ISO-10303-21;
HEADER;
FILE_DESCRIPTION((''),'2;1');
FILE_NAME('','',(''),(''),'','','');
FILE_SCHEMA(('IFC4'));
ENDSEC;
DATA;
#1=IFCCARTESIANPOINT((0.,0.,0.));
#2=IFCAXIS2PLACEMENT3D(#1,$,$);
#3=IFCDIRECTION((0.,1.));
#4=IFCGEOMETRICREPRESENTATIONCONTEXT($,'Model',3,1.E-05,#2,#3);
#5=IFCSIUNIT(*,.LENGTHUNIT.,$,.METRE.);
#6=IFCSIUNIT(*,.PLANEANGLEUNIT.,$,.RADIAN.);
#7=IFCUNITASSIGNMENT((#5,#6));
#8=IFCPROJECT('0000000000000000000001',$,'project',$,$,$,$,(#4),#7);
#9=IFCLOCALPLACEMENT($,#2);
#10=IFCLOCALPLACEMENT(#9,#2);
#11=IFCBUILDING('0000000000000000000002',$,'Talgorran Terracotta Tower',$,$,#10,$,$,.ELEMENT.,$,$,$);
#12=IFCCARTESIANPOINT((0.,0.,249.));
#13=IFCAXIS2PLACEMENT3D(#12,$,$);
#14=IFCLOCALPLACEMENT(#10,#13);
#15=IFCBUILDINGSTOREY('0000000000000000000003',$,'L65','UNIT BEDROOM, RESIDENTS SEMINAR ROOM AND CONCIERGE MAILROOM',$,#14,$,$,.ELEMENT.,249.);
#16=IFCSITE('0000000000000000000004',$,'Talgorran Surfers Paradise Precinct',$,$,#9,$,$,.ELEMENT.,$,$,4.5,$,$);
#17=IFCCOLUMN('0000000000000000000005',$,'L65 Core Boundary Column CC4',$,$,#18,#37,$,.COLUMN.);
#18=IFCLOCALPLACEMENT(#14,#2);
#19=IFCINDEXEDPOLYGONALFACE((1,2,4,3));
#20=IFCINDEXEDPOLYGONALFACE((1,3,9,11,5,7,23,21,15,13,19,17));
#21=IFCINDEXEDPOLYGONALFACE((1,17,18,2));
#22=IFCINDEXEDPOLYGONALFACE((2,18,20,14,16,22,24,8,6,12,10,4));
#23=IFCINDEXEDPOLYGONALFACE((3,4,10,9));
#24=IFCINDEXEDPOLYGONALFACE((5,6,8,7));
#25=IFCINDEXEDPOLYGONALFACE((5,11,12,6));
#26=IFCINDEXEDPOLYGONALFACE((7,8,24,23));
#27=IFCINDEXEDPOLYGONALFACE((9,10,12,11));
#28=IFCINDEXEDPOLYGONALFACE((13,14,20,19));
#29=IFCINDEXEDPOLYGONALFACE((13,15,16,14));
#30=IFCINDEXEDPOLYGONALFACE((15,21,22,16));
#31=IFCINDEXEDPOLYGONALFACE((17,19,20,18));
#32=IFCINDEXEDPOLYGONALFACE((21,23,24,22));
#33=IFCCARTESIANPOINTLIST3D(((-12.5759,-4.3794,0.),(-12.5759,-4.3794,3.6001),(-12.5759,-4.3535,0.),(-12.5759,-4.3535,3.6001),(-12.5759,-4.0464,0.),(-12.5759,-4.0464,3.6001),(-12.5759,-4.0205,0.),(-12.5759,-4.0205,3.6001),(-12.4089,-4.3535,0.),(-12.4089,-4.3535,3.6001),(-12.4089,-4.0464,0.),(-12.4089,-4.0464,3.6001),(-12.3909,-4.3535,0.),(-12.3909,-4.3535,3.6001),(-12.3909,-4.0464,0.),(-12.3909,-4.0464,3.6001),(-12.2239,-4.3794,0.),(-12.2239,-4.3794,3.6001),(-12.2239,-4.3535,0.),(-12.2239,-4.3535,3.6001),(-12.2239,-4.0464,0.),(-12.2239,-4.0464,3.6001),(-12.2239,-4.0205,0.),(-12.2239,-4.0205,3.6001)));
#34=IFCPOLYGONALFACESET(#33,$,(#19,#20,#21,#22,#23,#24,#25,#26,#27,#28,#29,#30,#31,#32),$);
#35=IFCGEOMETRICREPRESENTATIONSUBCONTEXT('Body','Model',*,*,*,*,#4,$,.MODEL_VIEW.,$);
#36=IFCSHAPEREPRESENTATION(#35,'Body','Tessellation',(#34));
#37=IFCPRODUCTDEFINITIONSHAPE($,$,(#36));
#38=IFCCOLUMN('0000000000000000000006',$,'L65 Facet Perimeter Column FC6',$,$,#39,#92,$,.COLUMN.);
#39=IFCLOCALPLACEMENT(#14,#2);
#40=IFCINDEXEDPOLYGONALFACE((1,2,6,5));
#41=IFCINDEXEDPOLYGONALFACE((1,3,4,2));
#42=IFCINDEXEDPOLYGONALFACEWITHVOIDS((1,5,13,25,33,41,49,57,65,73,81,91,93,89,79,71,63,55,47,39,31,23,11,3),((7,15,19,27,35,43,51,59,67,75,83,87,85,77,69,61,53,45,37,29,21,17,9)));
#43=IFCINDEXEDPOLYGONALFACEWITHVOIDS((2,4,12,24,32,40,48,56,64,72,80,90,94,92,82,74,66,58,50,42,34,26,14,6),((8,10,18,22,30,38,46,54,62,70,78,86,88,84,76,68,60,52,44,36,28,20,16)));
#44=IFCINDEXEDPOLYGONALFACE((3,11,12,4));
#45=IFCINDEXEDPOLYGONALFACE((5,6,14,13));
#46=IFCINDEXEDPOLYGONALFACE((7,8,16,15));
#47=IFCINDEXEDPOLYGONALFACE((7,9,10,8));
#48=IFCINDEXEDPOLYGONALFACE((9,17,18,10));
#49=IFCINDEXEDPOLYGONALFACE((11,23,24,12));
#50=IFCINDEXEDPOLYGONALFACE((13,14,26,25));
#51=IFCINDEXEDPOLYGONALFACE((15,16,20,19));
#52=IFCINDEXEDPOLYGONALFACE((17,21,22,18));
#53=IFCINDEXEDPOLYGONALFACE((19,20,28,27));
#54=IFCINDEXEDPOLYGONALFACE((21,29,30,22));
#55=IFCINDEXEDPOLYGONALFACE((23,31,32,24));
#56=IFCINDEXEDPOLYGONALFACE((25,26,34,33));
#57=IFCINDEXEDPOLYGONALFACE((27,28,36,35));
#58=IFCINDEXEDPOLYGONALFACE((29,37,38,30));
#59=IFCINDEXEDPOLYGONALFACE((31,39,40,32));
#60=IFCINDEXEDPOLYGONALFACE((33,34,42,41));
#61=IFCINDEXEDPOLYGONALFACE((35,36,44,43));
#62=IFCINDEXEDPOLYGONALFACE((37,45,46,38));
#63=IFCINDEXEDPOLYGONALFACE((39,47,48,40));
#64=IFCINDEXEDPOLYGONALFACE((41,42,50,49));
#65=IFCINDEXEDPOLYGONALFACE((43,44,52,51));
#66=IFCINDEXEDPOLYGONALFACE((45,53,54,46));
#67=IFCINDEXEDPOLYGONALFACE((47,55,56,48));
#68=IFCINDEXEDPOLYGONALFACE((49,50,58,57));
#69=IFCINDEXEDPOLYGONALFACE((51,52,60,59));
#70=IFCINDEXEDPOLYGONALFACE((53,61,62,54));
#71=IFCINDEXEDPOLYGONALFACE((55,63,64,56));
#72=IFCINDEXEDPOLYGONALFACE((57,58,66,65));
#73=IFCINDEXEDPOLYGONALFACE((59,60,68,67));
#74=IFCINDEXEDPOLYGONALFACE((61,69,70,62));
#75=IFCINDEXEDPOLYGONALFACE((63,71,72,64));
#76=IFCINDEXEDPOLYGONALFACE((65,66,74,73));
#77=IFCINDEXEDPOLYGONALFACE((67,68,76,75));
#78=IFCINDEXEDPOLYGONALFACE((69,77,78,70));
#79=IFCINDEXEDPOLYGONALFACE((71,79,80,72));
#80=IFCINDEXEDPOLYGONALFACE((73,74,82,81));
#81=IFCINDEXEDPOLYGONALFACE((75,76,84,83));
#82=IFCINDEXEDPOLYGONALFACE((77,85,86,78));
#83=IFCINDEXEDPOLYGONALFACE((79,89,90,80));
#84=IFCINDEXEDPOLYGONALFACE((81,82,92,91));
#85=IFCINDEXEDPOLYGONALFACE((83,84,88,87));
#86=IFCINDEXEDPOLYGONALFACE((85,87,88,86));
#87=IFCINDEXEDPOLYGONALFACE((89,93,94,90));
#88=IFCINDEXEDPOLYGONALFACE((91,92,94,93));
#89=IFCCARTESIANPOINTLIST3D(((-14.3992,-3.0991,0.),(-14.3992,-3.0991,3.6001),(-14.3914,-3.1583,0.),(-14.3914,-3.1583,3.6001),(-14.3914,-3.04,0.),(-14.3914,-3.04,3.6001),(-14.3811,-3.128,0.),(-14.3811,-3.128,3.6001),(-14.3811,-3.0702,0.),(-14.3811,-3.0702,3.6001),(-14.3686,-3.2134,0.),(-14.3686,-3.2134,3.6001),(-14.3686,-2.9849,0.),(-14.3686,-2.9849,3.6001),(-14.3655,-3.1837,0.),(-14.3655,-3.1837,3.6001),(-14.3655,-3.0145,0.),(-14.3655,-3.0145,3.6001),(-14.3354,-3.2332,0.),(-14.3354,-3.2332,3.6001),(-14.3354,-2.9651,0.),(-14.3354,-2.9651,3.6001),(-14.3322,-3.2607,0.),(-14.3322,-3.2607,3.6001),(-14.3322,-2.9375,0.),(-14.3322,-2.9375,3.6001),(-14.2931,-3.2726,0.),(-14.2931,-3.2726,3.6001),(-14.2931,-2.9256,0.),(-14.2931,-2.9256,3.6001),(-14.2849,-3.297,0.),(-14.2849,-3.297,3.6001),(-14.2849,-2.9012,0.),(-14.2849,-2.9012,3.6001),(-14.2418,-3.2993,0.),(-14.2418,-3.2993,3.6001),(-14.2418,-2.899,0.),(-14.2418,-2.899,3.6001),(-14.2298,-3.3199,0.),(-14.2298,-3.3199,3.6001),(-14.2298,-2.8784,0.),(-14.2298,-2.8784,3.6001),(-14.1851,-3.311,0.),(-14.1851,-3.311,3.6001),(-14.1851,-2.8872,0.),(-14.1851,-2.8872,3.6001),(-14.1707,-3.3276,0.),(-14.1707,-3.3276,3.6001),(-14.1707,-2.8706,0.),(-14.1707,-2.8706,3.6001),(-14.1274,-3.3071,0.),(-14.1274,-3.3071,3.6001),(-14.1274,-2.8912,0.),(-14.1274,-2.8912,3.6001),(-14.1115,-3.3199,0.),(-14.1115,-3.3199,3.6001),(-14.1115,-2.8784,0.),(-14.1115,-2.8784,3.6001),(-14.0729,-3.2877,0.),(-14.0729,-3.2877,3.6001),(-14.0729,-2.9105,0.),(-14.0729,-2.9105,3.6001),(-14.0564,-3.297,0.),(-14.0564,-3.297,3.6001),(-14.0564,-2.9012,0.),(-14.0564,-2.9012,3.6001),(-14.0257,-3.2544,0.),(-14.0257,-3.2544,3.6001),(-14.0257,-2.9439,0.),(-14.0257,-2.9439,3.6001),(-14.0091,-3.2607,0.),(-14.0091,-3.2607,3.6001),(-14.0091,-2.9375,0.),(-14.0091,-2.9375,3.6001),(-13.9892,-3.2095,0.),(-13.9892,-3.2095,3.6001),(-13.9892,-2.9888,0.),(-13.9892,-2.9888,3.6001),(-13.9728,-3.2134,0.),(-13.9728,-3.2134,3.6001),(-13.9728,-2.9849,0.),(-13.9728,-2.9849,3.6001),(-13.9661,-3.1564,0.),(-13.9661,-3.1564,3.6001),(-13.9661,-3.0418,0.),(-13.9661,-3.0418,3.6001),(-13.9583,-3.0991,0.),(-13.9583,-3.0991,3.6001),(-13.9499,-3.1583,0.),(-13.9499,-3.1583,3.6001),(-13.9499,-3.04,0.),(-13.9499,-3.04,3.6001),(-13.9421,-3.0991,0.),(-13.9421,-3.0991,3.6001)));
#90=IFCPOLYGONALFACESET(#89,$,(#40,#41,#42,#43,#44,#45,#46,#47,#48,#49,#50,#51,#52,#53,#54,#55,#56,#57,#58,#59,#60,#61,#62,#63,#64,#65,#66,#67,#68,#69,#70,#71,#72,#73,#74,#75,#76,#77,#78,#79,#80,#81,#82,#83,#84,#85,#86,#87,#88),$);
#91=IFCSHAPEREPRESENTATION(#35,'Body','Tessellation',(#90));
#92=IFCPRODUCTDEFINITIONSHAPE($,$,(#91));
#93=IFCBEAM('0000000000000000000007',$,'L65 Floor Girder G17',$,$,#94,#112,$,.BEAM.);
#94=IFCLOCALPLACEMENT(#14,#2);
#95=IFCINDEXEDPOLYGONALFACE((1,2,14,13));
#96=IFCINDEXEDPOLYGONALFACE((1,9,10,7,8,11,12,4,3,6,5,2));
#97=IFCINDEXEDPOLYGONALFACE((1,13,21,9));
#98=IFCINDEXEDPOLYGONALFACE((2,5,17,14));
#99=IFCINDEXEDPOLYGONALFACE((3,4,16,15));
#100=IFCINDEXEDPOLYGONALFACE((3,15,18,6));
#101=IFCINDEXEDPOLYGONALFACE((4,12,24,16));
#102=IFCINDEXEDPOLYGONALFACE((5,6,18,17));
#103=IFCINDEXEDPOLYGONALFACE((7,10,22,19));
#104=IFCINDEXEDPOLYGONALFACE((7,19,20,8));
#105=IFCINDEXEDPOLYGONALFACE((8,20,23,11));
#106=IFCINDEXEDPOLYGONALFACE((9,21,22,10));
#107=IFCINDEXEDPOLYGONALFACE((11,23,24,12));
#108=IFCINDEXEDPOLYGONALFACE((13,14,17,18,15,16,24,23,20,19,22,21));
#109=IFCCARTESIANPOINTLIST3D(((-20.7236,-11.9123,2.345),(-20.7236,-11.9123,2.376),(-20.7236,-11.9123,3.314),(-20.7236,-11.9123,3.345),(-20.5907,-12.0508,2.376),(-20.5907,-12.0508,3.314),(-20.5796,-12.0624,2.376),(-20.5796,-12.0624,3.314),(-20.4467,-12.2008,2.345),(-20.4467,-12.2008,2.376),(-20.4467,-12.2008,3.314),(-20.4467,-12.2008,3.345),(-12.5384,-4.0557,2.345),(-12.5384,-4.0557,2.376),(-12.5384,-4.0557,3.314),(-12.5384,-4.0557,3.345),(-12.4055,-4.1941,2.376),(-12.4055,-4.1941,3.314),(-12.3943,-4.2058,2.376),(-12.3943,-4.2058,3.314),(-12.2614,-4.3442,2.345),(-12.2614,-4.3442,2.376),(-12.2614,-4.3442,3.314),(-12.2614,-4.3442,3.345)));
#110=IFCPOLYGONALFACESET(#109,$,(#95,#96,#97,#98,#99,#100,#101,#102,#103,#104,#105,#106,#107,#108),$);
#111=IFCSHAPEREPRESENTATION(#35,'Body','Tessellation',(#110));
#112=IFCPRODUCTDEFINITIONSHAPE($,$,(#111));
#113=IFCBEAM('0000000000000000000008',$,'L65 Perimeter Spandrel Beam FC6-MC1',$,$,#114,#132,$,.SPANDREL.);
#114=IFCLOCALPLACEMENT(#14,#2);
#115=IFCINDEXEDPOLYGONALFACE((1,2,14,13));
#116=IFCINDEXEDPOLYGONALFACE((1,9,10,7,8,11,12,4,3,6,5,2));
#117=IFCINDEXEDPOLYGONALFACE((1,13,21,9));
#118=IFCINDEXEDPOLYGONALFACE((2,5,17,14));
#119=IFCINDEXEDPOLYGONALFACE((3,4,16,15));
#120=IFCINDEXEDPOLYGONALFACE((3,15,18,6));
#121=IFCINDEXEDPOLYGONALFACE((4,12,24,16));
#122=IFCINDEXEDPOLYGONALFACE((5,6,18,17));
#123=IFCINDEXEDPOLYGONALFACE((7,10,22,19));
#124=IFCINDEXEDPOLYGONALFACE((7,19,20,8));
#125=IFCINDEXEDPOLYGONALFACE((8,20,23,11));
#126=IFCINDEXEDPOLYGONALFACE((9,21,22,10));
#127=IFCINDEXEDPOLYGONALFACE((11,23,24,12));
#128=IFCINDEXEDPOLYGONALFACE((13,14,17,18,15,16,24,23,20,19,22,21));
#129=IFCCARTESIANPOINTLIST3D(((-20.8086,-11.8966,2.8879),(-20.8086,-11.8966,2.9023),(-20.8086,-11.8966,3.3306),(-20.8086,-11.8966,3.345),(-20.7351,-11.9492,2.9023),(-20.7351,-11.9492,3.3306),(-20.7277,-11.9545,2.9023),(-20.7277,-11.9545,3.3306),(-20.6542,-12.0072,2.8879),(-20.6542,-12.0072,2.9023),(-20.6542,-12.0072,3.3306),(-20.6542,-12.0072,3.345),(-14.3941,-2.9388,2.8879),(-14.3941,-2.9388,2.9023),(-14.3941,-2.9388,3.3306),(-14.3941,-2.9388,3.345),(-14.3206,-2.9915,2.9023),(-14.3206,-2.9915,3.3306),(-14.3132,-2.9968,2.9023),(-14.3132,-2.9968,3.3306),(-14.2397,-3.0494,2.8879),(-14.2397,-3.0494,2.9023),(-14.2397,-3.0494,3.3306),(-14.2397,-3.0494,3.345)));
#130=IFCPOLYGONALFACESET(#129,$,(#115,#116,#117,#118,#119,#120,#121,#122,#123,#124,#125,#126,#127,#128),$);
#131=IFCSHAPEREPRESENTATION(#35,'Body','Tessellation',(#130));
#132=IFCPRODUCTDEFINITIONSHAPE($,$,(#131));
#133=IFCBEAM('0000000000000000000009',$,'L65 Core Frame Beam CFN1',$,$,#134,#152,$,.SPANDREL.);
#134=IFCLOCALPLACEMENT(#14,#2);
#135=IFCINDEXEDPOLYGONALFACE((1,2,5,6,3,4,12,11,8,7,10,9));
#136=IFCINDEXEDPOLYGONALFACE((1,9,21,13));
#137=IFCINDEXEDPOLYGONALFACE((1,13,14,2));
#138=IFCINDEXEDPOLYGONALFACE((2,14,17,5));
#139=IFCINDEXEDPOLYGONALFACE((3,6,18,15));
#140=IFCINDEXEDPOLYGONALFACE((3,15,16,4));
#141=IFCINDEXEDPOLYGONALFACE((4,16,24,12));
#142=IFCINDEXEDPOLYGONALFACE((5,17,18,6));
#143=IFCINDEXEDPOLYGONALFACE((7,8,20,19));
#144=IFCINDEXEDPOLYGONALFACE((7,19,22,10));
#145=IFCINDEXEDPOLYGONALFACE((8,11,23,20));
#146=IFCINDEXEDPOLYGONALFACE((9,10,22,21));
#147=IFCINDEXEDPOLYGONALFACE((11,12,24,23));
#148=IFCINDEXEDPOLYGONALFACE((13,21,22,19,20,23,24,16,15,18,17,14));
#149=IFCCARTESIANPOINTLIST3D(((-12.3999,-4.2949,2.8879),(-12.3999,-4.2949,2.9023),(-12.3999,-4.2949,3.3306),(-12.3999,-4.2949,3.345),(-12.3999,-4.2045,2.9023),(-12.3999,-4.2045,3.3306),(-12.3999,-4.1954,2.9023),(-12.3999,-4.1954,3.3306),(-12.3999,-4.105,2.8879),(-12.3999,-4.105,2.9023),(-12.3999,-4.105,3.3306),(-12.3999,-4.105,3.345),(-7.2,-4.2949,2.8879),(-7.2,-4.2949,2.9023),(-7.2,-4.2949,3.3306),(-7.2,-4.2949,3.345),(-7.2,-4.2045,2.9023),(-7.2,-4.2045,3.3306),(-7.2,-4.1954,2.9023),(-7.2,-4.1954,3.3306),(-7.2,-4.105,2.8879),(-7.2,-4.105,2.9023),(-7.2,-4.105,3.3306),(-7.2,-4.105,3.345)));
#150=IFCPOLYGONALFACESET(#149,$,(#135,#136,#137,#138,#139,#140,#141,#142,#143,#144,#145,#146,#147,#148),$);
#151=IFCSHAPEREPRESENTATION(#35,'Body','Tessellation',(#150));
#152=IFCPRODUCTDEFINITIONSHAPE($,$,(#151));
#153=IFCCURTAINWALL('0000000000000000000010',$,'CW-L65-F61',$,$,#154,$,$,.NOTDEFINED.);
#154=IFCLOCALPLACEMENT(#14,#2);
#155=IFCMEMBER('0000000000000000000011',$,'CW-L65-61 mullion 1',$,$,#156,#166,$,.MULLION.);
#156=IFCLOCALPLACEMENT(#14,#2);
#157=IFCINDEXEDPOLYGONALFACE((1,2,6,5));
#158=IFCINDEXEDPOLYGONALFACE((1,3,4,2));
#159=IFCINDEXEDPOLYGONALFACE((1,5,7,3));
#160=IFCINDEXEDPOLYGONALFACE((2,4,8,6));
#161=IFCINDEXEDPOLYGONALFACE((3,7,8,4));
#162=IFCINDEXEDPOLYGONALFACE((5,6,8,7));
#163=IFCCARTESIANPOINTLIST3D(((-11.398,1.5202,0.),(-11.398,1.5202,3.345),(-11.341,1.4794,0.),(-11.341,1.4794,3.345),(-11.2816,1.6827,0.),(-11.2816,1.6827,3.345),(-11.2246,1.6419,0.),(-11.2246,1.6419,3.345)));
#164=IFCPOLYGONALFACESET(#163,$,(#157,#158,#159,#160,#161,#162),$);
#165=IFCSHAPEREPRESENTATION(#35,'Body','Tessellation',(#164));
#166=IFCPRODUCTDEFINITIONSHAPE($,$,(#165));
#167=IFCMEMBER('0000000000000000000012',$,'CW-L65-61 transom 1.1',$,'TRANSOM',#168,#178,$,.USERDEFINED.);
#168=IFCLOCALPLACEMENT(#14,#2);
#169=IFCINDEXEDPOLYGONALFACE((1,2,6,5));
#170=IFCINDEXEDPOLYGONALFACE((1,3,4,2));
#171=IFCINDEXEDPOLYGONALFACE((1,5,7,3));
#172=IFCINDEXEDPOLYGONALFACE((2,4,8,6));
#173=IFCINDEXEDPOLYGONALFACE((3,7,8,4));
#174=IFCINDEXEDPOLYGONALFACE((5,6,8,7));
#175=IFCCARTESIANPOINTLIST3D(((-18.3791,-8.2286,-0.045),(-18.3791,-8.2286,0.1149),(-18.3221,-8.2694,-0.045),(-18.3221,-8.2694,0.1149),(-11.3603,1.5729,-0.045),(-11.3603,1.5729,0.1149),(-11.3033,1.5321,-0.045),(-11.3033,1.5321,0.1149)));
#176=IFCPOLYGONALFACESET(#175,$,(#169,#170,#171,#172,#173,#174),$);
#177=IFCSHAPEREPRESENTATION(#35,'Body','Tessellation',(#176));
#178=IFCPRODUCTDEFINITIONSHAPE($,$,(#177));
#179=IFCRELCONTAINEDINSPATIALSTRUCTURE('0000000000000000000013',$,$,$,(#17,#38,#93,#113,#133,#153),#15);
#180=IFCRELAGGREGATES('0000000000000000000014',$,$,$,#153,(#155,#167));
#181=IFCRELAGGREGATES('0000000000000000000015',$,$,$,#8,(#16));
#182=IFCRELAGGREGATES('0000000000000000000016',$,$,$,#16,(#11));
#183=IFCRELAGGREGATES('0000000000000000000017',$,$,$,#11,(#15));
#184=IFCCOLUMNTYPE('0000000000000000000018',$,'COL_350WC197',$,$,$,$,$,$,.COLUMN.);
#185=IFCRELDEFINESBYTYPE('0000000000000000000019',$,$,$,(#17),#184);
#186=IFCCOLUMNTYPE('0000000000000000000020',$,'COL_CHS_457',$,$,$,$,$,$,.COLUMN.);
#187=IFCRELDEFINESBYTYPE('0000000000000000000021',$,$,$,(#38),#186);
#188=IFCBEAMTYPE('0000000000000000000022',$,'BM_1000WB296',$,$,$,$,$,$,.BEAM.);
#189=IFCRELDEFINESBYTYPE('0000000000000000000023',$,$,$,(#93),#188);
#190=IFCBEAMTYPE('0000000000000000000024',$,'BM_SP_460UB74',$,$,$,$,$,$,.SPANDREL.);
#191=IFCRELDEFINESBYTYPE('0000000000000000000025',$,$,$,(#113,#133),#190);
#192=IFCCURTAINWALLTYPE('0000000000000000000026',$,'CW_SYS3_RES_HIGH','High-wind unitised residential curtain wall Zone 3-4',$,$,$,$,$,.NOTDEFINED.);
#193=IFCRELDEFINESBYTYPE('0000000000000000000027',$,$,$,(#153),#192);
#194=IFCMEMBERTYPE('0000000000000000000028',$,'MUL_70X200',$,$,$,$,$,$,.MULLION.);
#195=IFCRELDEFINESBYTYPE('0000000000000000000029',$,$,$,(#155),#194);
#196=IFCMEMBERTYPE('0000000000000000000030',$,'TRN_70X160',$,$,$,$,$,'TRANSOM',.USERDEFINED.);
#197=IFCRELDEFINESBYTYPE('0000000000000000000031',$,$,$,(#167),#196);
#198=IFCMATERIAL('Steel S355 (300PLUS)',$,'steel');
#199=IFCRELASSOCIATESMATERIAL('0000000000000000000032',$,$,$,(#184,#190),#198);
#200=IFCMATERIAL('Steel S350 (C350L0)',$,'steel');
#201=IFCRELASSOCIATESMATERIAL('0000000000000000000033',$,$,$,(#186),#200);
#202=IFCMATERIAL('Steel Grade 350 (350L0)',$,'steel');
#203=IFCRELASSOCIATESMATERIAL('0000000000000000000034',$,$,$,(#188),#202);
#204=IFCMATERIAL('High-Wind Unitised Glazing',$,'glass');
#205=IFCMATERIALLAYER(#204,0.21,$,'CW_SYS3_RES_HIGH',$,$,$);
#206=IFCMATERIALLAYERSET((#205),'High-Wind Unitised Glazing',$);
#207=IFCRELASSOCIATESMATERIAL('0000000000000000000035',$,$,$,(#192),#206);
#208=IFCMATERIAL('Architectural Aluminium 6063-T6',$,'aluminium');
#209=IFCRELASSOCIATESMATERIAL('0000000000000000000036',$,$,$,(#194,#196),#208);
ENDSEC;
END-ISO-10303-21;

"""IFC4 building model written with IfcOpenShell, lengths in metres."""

from ifc_helpers import new_model, si_unit, direction, frame, origin, origin_2d, place, context, subcontext, project, spatial, rectangle, hollow_circle, i_section, extrude, material, layer, layer_set, material_profile, profile_set, type_object, element, aggregate, save


model = new_model("IFC4")

# Units and contexts
model_context = context("Model", 3, precision=1e-05, world=origin(), true_north=direction((0.0, 1.0)))
body_context = subcontext(model_context, "Body", "Model", "MODEL_VIEW")
ifc_project = project(units=[si_unit("LENGTHUNIT", "METRE"), si_unit("PLANEANGLEUNIT", "RADIAN")], contexts=[model_context])

# Site, building, storey
site_placement = place(None, origin())
site = spatial("IfcSite", under=ifc_project, at=site_placement, Name="Talgorran Surfers Paradise Precinct", CompositionType="ELEMENT", RefElevation=4.5)
building_placement = place(site_placement, origin())
building = spatial("IfcBuilding", under=site, at=building_placement, Name="Talgorran Terracotta Tower", CompositionType="ELEMENT")
storey_placement = place(building_placement, frame((0.0, 0.0, 249.0)))
storey = spatial("IfcBuildingStorey", under=building, at=storey_placement, Name="L65", Description="UNIT BEDROOM, RESIDENTS SEMINAR ROOM AND CONCIERGE MAILROOM", CompositionType="ELEMENT", Elevation=249.0)

# Columns
ifc_material_1 = material(Name="Steel S355 (300PLUS)", Category="steel")
ifc_material_profile_1 = material_profile(ifc_material_1, i_section(OverallWidth=0.3521, OverallDepth=0.3589, WebThickness=0.0181, FlangeThickness=0.0259, at=origin_2d()), Name="350WC197")
ifc_profile_set_1 = profile_set([ifc_material_profile_1], Name="Steel S355 (300PLUS)")
column_type_1 = type_object("IfcColumnType", Name="COL_350WC197", PredefinedType="COLUMN", material=ifc_profile_set_1)
column_1_placement = place(storey_placement, frame((-12.3999, -4.2, 0.0), z_axis=(0.0, 0.0, 1.0), x_axis=(1.0, 0.0, 0.0)))
element("IfcColumn", 1, at=column_1_placement, inside=storey, type_object=column_type_1, Name="L65 Core Boundary Column CC4", PredefinedType="COLUMN", context=body_context, shape_type="SweptSolid", body=[
    extrude(i_section(OverallWidth=0.3521, OverallDepth=0.3589, WebThickness=0.0181, FlangeThickness=0.0259, at=origin_2d()), origin(), (0.0, 0.0, 1.0), 3.6001),
])
ifc_material_2 = material(Name="Steel S350 (C350L0)", Category="steel")
ifc_material_profile_2 = material_profile(ifc_material_2, hollow_circle(Radius=0.2285, WallThickness=0.0161, at=origin_2d()), Name="CHS457X16")
ifc_profile_set_2 = profile_set([ifc_material_profile_2], Name="Steel S350 (C350L0)")
column_type_2 = type_object("IfcColumnType", Name="COL_CHS_457", PredefinedType="COLUMN", material=ifc_profile_set_2)
column_2_placement = place(storey_placement, frame((-14.1707, -3.0991, 0.0), z_axis=(0.0, 0.0, 1.0), x_axis=(1.0, 0.0, 0.0)))
element("IfcColumn", 2, at=column_2_placement, inside=storey, type_object=column_type_2, Name="L65 Facet Perimeter Column FC6", PredefinedType="COLUMN", context=body_context, shape_type="SweptSolid", body=[
    extrude(hollow_circle(Radius=0.2285, WallThickness=0.0161, at=origin_2d()), origin(), (0.0, 0.0, 1.0), 3.6001),
])

# Beams
ifc_material_3 = material(Name="Steel Grade 350 (350L0)", Category="steel")
ifc_material_profile_3 = material_profile(ifc_material_3, i_section(OverallWidth=0.3999, OverallDepth=1.0, WebThickness=0.0161, FlangeThickness=0.031, at=origin_2d()), Name="1000WB296")
ifc_profile_set_3 = profile_set([ifc_material_profile_3], Name="Steel Grade 350 (350L0)")
beam_type_1 = type_object("IfcBeamType", Name="BM_1000WB296", PredefinedType="BEAM", material=ifc_profile_set_3)
beam_1_placement = place(storey_placement, frame((-12.3999, -4.2, 2.845), z_axis=(-0.72144, -0.692477, 0.0), x_axis=(0.692477, -0.72144, 0.0)))
element("IfcBeam", 3, at=beam_1_placement, inside=storey, type_object=beam_type_1, Name="L65 Floor Girder G17", PredefinedType="BEAM", context=body_context, shape_type="SweptSolid", body=[
    extrude(i_section(OverallWidth=0.3999, OverallDepth=1.0, WebThickness=0.0161, FlangeThickness=0.031, at=origin_2d()), origin(), (0.0, 0.0, 1.0), 11.3457),
])
ifc_material_profile_4 = material_profile(ifc_material_1, i_section(OverallWidth=0.1899, OverallDepth=0.457, WebThickness=0.009, FlangeThickness=0.0144, at=origin_2d()), Name="460UB74.6")
ifc_profile_set_4 = profile_set([ifc_material_profile_4], Name="Steel S355 (300PLUS)")
beam_type_2 = type_object("IfcBeamType", Name="BM_SP_460UB74", PredefinedType="SPANDREL", material=ifc_profile_set_4)
beam_2_placement = place(storey_placement, frame((-14.3169, -2.9941, 3.1165), z_axis=(-0.582208, -0.81304, 0.0), x_axis=(0.81304, -0.582208, 0.0)))
element("IfcBeam", 4, at=beam_2_placement, inside=storey, type_object=beam_type_2, Name="L65 Perimeter Spandrel Beam FC6-MC1", PredefinedType="SPANDREL", context=body_context, shape_type="SweptSolid", body=[
    extrude(i_section(OverallWidth=0.1899, OverallDepth=0.457, WebThickness=0.009, FlangeThickness=0.0144, at=origin_2d()), origin(), (0.0, 0.0, 1.0), 11.0176),
])
beam_3_placement = place(storey_placement, frame((-12.3999, -4.2, 3.1165), z_axis=(1.0, 0.0, 0.0), x_axis=(0.0, 1.0, 0.0)))
element("IfcBeam", 5, at=beam_3_placement, inside=storey, type_object=beam_type_2, Name="L65 Core Frame Beam CFN1", PredefinedType="SPANDREL", context=body_context, shape_type="SweptSolid", body=[
    extrude(i_section(OverallWidth=0.1899, OverallDepth=0.457, WebThickness=0.009, FlangeThickness=0.0144, at=origin_2d()), origin(), (0.0, 0.0, 1.0), 5.2),
])

# Curtain wall, members
ifc_material_4 = material(Name="High-Wind Unitised Glazing", Category="glass")
ifc_layer_1 = layer(ifc_material_4, 0.21, Name="CW_SYS3_RES_HIGH")
ifc_layer_set_1 = layer_set([ifc_layer_1], Name="High-Wind Unitised Glazing")
curtain_wall_type = type_object("IfcCurtainWallType", Name="CW_SYS3_RES_HIGH", Description="High-wind unitised residential curtain wall Zone 3-4", PredefinedType="NOTDEFINED", material=ifc_layer_set_1)
curtain_wall_placement = place(storey_placement, origin())
curtain_wall = element("IfcCurtainWall", 6, at=curtain_wall_placement, inside=storey, type_object=curtain_wall_type, Name="CW-L65-F61", PredefinedType="NOTDEFINED")
ifc_material_5 = material(Name="Architectural Aluminium 6063-T6", Category="aluminium")
ifc_material_profile_5 = material_profile(ifc_material_5, rectangle(XDim=0.0701, YDim=0.2, at=origin_2d()), Name="CWM70X200")
ifc_profile_set_5 = profile_set([ifc_material_profile_5], Name="Architectural Aluminium 6063-T6")
member_type_1 = type_object("IfcMemberType", Name="MUL_70X200", PredefinedType="MULLION", material=ifc_profile_set_5)
member_1_placement = place(storey_placement, frame((-11.3113, 1.5811, 0.0), z_axis=(0.0, 0.0, 1.0), x_axis=(0.81304, -0.582208, 0.0)))
member_1 = element("IfcMember", 7, at=member_1_placement, type_object=member_type_1, Name="CW-L65-61 mullion 1", PredefinedType="MULLION", context=body_context, shape_type="SweptSolid", body=[
    extrude(rectangle(XDim=0.0701, YDim=0.2, at=origin_2d()), origin(), (0.0, 0.0, 1.0), 3.345),
])
ifc_material_profile_6 = material_profile(ifc_material_5, rectangle(XDim=0.0701, YDim=0.1599, at=origin_2d()), Name="CWT70X160")
ifc_profile_set_6 = profile_set([ifc_material_profile_6], Name="Architectural Aluminium 6063-T6")
member_type_2 = type_object("IfcMemberType", Name="TRN_70X160", ElementType="TRANSOM", PredefinedType="USERDEFINED", material=ifc_profile_set_6)
member_2_placement = place(storey_placement, frame((-11.3318, 1.5525, 0.0349), z_axis=(-0.582211, -0.813038, 0.0), x_axis=(0.813038, -0.582211, 0.0)))
member_2 = element("IfcMember", 8, at=member_2_placement, type_object=member_type_2, Name="CW-L65-61 transom 1.1", ObjectType="TRANSOM", PredefinedType="USERDEFINED", context=body_context, shape_type="SweptSolid", body=[
    extrude(rectangle(XDim=0.0701, YDim=0.1599, at=origin_2d()), origin(), (0.0, 0.0, 1.0), 12.0554),
])
aggregate(curtain_wall, [member_1, member_2])

save(model, "model.ifc")
